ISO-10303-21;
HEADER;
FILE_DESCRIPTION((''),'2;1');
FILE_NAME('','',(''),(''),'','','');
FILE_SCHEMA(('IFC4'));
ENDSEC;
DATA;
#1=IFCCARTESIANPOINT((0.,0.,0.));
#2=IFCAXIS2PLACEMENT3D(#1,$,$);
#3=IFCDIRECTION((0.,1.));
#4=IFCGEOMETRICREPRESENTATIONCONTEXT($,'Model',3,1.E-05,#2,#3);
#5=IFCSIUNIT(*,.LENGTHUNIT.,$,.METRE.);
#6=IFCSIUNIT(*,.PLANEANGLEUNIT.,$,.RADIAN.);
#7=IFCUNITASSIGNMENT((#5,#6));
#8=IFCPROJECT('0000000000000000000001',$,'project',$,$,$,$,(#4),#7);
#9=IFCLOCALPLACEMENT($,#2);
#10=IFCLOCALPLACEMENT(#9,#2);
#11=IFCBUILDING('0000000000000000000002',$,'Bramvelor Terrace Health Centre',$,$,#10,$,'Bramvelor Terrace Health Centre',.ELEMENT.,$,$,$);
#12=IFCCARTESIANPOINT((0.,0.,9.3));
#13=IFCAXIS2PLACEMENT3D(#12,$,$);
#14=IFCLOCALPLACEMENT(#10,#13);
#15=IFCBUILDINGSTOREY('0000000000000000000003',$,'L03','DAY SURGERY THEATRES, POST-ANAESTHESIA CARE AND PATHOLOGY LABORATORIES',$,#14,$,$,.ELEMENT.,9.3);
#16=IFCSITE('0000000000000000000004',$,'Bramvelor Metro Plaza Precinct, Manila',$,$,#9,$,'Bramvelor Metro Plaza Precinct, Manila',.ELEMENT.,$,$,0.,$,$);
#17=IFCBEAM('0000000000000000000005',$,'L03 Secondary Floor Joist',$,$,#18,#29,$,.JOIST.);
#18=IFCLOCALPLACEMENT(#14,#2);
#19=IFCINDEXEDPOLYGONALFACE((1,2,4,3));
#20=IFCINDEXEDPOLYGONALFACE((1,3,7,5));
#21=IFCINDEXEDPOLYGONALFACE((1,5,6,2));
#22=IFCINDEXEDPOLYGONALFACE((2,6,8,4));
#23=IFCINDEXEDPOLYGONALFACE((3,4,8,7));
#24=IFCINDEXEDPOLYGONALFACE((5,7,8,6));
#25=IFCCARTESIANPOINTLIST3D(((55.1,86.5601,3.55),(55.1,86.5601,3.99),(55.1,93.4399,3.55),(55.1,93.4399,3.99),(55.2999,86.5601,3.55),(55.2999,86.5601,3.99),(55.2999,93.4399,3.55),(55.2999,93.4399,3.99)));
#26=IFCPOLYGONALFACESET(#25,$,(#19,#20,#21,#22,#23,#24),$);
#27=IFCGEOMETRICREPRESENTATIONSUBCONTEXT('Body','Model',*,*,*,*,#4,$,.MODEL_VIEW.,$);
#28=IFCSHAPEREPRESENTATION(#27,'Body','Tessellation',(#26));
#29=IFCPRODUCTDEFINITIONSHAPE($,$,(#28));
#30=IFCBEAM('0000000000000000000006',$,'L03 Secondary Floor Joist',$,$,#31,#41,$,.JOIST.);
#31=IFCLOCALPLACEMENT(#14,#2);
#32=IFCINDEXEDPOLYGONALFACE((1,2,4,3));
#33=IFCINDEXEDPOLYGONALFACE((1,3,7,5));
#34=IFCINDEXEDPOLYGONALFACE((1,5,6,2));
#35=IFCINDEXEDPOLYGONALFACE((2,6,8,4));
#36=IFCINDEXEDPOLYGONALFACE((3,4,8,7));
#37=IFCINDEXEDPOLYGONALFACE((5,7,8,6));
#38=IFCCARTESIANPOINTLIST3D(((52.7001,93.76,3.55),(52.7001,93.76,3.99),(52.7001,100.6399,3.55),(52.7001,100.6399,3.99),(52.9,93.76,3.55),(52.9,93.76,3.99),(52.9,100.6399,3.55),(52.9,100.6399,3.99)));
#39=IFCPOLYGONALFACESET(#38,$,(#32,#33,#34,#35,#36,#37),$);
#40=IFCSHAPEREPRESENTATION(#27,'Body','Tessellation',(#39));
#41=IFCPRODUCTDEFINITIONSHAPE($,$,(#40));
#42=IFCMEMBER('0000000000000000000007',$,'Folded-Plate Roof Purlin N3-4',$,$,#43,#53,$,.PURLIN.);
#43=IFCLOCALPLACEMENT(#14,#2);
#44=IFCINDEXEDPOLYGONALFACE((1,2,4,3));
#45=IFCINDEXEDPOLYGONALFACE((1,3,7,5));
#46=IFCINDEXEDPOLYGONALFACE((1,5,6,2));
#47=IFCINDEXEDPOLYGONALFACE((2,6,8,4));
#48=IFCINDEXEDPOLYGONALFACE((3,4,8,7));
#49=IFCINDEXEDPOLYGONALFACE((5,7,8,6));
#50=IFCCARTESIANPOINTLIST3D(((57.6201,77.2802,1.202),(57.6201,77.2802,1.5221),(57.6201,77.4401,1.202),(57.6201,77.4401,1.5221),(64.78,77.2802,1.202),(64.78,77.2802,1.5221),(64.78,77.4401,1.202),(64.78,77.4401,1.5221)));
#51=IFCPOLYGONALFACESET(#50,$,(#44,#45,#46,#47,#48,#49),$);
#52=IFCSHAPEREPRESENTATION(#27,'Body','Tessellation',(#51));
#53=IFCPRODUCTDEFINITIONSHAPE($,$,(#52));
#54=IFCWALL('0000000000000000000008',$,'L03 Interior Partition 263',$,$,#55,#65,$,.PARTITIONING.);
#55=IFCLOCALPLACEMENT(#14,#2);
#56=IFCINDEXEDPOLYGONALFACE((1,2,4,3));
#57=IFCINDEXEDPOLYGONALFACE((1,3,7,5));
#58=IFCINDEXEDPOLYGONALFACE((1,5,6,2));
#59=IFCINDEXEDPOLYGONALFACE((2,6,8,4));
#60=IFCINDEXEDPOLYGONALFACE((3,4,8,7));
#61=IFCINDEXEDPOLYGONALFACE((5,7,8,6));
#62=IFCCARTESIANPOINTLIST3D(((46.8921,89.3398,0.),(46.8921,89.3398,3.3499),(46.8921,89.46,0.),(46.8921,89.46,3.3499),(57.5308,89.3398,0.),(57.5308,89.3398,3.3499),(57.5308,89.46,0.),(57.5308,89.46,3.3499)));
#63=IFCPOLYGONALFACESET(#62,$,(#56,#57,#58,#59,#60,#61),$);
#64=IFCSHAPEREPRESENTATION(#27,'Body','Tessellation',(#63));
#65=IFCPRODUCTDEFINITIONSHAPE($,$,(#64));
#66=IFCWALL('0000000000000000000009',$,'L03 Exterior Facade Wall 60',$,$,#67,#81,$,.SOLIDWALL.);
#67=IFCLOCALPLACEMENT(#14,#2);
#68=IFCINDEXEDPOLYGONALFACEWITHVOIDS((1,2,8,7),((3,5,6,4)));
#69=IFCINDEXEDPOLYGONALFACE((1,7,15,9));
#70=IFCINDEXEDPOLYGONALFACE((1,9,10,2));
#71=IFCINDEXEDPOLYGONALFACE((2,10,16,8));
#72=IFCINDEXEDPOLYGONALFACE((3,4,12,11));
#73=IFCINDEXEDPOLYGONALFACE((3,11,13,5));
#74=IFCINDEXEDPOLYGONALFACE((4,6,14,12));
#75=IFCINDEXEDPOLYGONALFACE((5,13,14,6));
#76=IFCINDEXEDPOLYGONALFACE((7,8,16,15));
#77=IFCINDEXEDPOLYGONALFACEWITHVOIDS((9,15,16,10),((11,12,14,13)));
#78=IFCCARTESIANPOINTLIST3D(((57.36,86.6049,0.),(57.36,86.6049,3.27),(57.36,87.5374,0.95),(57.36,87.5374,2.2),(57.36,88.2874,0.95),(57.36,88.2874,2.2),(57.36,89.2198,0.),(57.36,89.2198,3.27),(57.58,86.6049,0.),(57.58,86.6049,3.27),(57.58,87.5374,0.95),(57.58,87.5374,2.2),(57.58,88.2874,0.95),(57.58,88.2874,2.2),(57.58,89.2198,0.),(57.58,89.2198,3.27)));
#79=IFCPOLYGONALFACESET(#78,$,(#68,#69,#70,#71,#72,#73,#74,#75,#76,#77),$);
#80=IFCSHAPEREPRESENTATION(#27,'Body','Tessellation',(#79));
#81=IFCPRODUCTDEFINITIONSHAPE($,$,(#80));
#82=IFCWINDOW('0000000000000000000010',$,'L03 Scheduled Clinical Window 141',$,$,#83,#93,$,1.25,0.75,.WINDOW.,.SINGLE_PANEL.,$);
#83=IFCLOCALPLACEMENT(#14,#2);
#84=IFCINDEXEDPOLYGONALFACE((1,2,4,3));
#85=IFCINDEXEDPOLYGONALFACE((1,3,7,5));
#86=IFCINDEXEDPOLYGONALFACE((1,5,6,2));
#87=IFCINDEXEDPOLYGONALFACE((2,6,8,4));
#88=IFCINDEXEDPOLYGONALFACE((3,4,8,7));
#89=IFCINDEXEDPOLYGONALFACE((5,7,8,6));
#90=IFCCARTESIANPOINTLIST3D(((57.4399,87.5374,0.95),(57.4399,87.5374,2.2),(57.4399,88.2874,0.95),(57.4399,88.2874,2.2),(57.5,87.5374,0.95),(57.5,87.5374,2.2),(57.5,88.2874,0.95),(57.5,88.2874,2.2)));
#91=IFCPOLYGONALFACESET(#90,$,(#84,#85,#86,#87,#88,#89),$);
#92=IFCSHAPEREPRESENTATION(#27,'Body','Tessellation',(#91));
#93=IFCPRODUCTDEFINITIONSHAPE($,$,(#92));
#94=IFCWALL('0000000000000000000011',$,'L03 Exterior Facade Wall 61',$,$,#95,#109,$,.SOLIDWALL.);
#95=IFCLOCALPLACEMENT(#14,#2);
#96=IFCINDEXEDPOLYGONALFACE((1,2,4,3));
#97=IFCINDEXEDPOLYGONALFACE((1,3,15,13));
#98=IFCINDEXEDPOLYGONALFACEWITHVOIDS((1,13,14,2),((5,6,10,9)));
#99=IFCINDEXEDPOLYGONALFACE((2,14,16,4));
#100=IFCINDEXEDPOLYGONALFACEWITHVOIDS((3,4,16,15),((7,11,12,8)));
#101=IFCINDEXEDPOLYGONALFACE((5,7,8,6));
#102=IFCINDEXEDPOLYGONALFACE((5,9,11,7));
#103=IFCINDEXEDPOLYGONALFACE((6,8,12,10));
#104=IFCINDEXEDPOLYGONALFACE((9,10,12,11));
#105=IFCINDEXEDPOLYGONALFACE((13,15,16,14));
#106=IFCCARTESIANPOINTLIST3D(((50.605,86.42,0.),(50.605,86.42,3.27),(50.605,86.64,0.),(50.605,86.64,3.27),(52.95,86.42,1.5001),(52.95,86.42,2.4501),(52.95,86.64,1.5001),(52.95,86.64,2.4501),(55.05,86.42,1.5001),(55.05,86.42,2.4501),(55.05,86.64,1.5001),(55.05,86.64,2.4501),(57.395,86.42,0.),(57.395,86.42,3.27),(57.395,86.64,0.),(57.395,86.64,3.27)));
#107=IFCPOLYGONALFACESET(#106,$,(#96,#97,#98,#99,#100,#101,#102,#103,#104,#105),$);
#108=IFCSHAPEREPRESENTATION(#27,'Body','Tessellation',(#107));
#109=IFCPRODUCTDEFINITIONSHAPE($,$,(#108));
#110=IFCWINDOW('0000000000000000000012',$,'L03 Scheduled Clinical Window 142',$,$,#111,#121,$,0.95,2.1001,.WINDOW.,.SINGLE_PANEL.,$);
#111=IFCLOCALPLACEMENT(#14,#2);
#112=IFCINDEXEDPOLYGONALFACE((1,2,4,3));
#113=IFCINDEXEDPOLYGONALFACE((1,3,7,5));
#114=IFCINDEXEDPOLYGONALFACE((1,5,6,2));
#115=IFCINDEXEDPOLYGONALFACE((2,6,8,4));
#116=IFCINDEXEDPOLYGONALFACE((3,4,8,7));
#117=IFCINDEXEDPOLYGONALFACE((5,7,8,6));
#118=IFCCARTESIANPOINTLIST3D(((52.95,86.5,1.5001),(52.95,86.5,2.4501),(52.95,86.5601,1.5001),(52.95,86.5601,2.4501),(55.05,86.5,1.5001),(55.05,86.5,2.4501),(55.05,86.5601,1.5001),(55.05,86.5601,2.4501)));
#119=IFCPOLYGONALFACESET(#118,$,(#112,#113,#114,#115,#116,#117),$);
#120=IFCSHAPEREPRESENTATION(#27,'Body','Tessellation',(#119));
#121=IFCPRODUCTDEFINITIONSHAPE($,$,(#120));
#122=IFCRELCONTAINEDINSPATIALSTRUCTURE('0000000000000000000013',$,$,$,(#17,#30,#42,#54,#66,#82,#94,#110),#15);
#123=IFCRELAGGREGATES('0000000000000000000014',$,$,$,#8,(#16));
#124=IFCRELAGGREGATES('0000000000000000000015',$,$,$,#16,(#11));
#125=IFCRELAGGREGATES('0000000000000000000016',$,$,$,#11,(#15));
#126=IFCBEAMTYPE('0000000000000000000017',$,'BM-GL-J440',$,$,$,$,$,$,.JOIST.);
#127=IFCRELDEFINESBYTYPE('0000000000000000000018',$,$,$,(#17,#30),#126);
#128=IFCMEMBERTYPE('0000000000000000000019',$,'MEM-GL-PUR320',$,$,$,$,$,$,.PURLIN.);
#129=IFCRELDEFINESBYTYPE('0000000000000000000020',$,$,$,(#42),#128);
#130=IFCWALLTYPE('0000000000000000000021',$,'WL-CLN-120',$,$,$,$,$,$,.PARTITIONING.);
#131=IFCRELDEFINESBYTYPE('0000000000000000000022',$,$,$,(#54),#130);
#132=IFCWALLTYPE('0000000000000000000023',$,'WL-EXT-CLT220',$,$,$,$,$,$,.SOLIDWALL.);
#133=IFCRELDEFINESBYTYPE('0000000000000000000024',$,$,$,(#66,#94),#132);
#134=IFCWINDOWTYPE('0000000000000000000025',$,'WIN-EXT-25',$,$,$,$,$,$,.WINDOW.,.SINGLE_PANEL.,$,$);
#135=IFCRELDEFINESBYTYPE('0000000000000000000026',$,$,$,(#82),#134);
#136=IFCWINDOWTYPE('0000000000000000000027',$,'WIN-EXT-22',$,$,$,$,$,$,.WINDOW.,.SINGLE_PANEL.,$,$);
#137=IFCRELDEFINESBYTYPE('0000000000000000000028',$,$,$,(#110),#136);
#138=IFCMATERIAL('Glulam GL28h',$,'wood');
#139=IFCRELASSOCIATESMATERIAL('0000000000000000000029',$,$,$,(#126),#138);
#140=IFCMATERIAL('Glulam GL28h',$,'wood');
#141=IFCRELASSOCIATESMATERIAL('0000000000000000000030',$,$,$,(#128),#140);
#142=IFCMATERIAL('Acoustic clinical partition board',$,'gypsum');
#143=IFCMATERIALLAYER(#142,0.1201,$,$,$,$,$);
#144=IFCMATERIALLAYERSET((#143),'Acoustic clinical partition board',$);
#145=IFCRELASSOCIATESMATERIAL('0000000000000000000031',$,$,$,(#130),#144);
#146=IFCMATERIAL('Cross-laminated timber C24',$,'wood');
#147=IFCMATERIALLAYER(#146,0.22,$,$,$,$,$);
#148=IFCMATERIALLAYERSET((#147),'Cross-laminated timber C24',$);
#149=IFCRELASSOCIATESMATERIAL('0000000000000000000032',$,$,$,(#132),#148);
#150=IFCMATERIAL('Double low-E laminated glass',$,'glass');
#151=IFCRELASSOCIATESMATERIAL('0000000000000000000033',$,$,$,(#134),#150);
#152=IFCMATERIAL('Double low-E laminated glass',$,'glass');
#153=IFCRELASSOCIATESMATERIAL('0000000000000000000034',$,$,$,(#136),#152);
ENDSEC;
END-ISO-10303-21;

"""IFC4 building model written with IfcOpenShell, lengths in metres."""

from ifc_helpers import new_model, si_unit, direction, frame, frame_2d, origin, origin_2d, place, context, subcontext, project, spatial, rectangle, extrude, material, layer, layer_set, material_profile, profile_set, type_object, element, fill, save


model = new_model("IFC4")

# Units and contexts
model_context = context("Model", 3, precision=1e-05, world=origin(), true_north=direction((0.0, 1.0)))
body_context = subcontext(model_context, "Body", "Model", "MODEL_VIEW")
ifc_project = project(units=[si_unit("LENGTHUNIT", "METRE"), si_unit("PLANEANGLEUNIT", "RADIAN")], contexts=[model_context])

# Site, building, storey
site_placement = place(None, origin())
site = spatial("IfcSite", under=ifc_project, at=site_placement, Name="Bramvelor Metro Plaza Precinct, Manila", LongName="Bramvelor Metro Plaza Precinct, Manila", CompositionType="ELEMENT", RefElevation=0.0)
building_placement = place(site_placement, origin())
building = spatial("IfcBuilding", under=site, at=building_placement, Name="Bramvelor Terrace Health Centre", LongName="Bramvelor Terrace Health Centre", CompositionType="ELEMENT")
storey_placement = place(building_placement, frame((0.0, 0.0, 9.3)))
storey = spatial("IfcBuildingStorey", under=building, at=storey_placement, Name="L03", Description="DAY SURGERY THEATRES, POST-ANAESTHESIA CARE AND PATHOLOGY LABORATORIES", CompositionType="ELEMENT", Elevation=9.3)

# Beams
ifc_material_1 = material(Name="Glulam GL28h", Category="wood")
ifc_material_profile_1 = material_profile(ifc_material_1, rectangle(XDim=0.2, YDim=0.4399, at=origin_2d()), Name="GL 200x440")
ifc_profile_set_1 = profile_set([ifc_material_profile_1], Name="Glulam GL28h")
beam_type_1 = type_object("IfcBeamType", Name="BM-GL-J440", PredefinedType="JOIST", material=ifc_profile_set_1)
for number, where, z_axis, x_axis, name in (
    (1, (55.2, 86.5601, 3.77), (0.0, 1.0, 0.0), (-1.0, 0.0, 0.0), "L03 Secondary Floor Joist"),
    (2, (52.8, 93.76, 3.77), (0.0, 1.0, 0.0), (-1.0, 0.0, 0.0), "L03 Secondary Floor Joist"),
):
    element("IfcBeam", number, at=place(storey_placement, frame(where, z_axis=z_axis, x_axis=x_axis)), inside=storey, type_object=beam_type_1, Name=name, PredefinedType="JOIST", context=body_context, shape_type="SweptSolid", body=[
        extrude(rectangle(XDim=0.2, YDim=0.4399, at=origin_2d()), origin(), (0.0, 0.0, 1.0), 6.8799),
    ])

# Member
ifc_material_2 = material(Name="Glulam GL28h", Category="wood")
ifc_material_profile_2 = material_profile(ifc_material_2, rectangle(XDim=0.1599, YDim=0.3201, at=origin_2d()), Name="GL 160x320")
ifc_profile_set_2 = profile_set([ifc_material_profile_2], Name="Glulam GL28h")
member_type = type_object("IfcMemberType", Name="MEM-GL-PUR320", PredefinedType="PURLIN", material=ifc_profile_set_2)
member_placement = place(storey_placement, frame((57.6201, 77.3601, 1.3621), z_axis=(1.0, 0.0, 0.0), x_axis=(0.0, 1.0, 0.0)))
element("IfcMember", 3, at=member_placement, inside=storey, type_object=member_type, Name="Folded-Plate Roof Purlin N3-4", PredefinedType="PURLIN", context=body_context, shape_type="SweptSolid", body=[
    extrude(rectangle(XDim=0.1599, YDim=0.3201, at=origin_2d()), origin(), (0.0, 0.0, 1.0), 7.1599),
])

# Wall
ifc_material_3 = material(Name="Acoustic clinical partition board", Category="gypsum")
ifc_layer_1 = layer(ifc_material_3, 0.1201)
ifc_layer_set_1 = layer_set([ifc_layer_1], Name="Acoustic clinical partition board")
wall_type_1 = type_object("IfcWallType", Name="WL-CLN-120", PredefinedType="PARTITIONING", material=ifc_layer_set_1)
wall_1_placement = place(storey_placement, frame((57.5308, 89.3999, 0.0), z_axis=(0.0, 0.0, 1.0), x_axis=(-1.0, 0.0, 0.0)))
element("IfcWall", 4, at=wall_1_placement, inside=storey, type_object=wall_type_1, Name="L03 Interior Partition 263", PredefinedType="PARTITIONING", context=body_context, shape_type="SweptSolid", body=[
    extrude(rectangle(XDim=10.6387, YDim=0.1201, at=frame_2d((5.3193, 0.0))), origin(), (0.0, 0.0, 1.0), 3.3499),
])

# Walls, openings, windows
ifc_material_4 = material(Name="Cross-laminated timber C24", Category="wood")
ifc_layer_2 = layer(ifc_material_4, 0.22)
ifc_layer_set_2 = layer_set([ifc_layer_2], Name="Cross-laminated timber C24")
wall_type_2 = type_object("IfcWallType", Name="WL-EXT-CLT220", PredefinedType="SOLIDWALL", material=ifc_layer_set_2)
wall_2_placement = place(storey_placement, frame((57.47, 89.22, 0.0), z_axis=(0.0, 0.0, 1.0), x_axis=(0.0, -1.0, 0.0)))
wall_2 = element("IfcWall", 5, at=wall_2_placement, inside=storey, type_object=wall_type_2, Name="L03 Exterior Facade Wall 60", PredefinedType="SOLIDWALL", context=body_context, shape_type="SweptSolid", body=[
    extrude(rectangle(XDim=2.615, YDim=0.22, at=frame_2d((1.3076, 0.0))), origin(), (0.0, 0.0, 1.0), 3.27),
])
opening_1_placement = place(wall_2_placement, frame((0.9326, 0.0, 0.95)))
opening_1 = element("IfcOpeningElement", 6, at=opening_1_placement, cuts=wall_2, PredefinedType="OPENING", context=body_context, shape_type="SweptSolid", body=[
    extrude(rectangle(XDim=0.75, YDim=1.25, at=frame_2d((0.375, 0.625))), frame((0.0, 0.1199, 0.0), z_axis=(0.0, -1.0, 0.0), x_axis=(1.0, 0.0, 0.0)), (0.0, 0.0, 1.0), 0.24),
])
ifc_material_5 = material(Name="Double low-E laminated glass", Category="glass")
window_type_1 = type_object("IfcWindowType", Name="WIN-EXT-25", PartitioningType="SINGLE_PANEL", PredefinedType="WINDOW", material=ifc_material_5)
window_1_placement = place(opening_1_placement, origin())
window_1 = element("IfcWindow", 7, at=window_1_placement, inside=storey, type_object=window_type_1, Name="L03 Scheduled Clinical Window 141", OverallHeight=1.25, OverallWidth=0.75, PartitioningType="SINGLE_PANEL", PredefinedType="WINDOW", context=body_context, shape_type="SweptSolid", body=[
    extrude(rectangle(XDim=0.75, YDim=1.25, at=frame_2d((0.375, 0.625))), frame((0.0, 0.03, 0.0), z_axis=(0.0, -1.0, 0.0), x_axis=(1.0, 0.0, 0.0)), (0.0, 0.0, 1.0), 0.0601),
])
fill(opening_1, window_1)
wall_3_placement = place(storey_placement, frame((57.395, 86.53, 0.0), z_axis=(0.0, 0.0, 1.0), x_axis=(-1.0, 0.0, 0.0)))
wall_3 = element("IfcWall", 8, at=wall_3_placement, inside=storey, type_object=wall_type_2, Name="L03 Exterior Facade Wall 61", PredefinedType="SOLIDWALL", context=body_context, shape_type="SweptSolid", body=[
    extrude(rectangle(XDim=6.79, YDim=0.22, at=frame_2d((3.395, 0.0))), origin(), (0.0, 0.0, 1.0), 3.27),
])
opening_2_placement = place(wall_3_placement, frame((2.345, 0.0, 1.5)))
opening_2 = element("IfcOpeningElement", 9, at=opening_2_placement, cuts=wall_3, PredefinedType="OPENING", context=body_context, shape_type="SweptSolid", body=[
    extrude(rectangle(XDim=2.1001, YDim=0.95, at=frame_2d((1.05, 0.4751))), frame((0.0, 0.1199, 0.0), z_axis=(0.0, -1.0, 0.0), x_axis=(1.0, 0.0, 0.0)), (0.0, 0.0, 1.0), 0.24),
])
ifc_material_6 = material(Name="Double low-E laminated glass", Category="glass")
window_type_2 = type_object("IfcWindowType", Name="WIN-EXT-22", PartitioningType="SINGLE_PANEL", PredefinedType="WINDOW", material=ifc_material_6)
window_2_placement = place(opening_2_placement, origin())
window_2 = element("IfcWindow", 10, at=window_2_placement, inside=storey, type_object=window_type_2, Name="L03 Scheduled Clinical Window 142", OverallHeight=0.95, OverallWidth=2.1001, PartitioningType="SINGLE_PANEL", PredefinedType="WINDOW", context=body_context, shape_type="SweptSolid", body=[
    extrude(rectangle(XDim=2.1001, YDim=0.95, at=frame_2d((1.05, 0.4751))), frame((0.0, 0.03, 0.0), z_axis=(0.0, -1.0, 0.0), x_axis=(1.0, 0.0, 0.0)), (0.0, 0.0, 1.0), 0.0601),
])
fill(opening_2, window_2)

save(model, "model.ifc")
